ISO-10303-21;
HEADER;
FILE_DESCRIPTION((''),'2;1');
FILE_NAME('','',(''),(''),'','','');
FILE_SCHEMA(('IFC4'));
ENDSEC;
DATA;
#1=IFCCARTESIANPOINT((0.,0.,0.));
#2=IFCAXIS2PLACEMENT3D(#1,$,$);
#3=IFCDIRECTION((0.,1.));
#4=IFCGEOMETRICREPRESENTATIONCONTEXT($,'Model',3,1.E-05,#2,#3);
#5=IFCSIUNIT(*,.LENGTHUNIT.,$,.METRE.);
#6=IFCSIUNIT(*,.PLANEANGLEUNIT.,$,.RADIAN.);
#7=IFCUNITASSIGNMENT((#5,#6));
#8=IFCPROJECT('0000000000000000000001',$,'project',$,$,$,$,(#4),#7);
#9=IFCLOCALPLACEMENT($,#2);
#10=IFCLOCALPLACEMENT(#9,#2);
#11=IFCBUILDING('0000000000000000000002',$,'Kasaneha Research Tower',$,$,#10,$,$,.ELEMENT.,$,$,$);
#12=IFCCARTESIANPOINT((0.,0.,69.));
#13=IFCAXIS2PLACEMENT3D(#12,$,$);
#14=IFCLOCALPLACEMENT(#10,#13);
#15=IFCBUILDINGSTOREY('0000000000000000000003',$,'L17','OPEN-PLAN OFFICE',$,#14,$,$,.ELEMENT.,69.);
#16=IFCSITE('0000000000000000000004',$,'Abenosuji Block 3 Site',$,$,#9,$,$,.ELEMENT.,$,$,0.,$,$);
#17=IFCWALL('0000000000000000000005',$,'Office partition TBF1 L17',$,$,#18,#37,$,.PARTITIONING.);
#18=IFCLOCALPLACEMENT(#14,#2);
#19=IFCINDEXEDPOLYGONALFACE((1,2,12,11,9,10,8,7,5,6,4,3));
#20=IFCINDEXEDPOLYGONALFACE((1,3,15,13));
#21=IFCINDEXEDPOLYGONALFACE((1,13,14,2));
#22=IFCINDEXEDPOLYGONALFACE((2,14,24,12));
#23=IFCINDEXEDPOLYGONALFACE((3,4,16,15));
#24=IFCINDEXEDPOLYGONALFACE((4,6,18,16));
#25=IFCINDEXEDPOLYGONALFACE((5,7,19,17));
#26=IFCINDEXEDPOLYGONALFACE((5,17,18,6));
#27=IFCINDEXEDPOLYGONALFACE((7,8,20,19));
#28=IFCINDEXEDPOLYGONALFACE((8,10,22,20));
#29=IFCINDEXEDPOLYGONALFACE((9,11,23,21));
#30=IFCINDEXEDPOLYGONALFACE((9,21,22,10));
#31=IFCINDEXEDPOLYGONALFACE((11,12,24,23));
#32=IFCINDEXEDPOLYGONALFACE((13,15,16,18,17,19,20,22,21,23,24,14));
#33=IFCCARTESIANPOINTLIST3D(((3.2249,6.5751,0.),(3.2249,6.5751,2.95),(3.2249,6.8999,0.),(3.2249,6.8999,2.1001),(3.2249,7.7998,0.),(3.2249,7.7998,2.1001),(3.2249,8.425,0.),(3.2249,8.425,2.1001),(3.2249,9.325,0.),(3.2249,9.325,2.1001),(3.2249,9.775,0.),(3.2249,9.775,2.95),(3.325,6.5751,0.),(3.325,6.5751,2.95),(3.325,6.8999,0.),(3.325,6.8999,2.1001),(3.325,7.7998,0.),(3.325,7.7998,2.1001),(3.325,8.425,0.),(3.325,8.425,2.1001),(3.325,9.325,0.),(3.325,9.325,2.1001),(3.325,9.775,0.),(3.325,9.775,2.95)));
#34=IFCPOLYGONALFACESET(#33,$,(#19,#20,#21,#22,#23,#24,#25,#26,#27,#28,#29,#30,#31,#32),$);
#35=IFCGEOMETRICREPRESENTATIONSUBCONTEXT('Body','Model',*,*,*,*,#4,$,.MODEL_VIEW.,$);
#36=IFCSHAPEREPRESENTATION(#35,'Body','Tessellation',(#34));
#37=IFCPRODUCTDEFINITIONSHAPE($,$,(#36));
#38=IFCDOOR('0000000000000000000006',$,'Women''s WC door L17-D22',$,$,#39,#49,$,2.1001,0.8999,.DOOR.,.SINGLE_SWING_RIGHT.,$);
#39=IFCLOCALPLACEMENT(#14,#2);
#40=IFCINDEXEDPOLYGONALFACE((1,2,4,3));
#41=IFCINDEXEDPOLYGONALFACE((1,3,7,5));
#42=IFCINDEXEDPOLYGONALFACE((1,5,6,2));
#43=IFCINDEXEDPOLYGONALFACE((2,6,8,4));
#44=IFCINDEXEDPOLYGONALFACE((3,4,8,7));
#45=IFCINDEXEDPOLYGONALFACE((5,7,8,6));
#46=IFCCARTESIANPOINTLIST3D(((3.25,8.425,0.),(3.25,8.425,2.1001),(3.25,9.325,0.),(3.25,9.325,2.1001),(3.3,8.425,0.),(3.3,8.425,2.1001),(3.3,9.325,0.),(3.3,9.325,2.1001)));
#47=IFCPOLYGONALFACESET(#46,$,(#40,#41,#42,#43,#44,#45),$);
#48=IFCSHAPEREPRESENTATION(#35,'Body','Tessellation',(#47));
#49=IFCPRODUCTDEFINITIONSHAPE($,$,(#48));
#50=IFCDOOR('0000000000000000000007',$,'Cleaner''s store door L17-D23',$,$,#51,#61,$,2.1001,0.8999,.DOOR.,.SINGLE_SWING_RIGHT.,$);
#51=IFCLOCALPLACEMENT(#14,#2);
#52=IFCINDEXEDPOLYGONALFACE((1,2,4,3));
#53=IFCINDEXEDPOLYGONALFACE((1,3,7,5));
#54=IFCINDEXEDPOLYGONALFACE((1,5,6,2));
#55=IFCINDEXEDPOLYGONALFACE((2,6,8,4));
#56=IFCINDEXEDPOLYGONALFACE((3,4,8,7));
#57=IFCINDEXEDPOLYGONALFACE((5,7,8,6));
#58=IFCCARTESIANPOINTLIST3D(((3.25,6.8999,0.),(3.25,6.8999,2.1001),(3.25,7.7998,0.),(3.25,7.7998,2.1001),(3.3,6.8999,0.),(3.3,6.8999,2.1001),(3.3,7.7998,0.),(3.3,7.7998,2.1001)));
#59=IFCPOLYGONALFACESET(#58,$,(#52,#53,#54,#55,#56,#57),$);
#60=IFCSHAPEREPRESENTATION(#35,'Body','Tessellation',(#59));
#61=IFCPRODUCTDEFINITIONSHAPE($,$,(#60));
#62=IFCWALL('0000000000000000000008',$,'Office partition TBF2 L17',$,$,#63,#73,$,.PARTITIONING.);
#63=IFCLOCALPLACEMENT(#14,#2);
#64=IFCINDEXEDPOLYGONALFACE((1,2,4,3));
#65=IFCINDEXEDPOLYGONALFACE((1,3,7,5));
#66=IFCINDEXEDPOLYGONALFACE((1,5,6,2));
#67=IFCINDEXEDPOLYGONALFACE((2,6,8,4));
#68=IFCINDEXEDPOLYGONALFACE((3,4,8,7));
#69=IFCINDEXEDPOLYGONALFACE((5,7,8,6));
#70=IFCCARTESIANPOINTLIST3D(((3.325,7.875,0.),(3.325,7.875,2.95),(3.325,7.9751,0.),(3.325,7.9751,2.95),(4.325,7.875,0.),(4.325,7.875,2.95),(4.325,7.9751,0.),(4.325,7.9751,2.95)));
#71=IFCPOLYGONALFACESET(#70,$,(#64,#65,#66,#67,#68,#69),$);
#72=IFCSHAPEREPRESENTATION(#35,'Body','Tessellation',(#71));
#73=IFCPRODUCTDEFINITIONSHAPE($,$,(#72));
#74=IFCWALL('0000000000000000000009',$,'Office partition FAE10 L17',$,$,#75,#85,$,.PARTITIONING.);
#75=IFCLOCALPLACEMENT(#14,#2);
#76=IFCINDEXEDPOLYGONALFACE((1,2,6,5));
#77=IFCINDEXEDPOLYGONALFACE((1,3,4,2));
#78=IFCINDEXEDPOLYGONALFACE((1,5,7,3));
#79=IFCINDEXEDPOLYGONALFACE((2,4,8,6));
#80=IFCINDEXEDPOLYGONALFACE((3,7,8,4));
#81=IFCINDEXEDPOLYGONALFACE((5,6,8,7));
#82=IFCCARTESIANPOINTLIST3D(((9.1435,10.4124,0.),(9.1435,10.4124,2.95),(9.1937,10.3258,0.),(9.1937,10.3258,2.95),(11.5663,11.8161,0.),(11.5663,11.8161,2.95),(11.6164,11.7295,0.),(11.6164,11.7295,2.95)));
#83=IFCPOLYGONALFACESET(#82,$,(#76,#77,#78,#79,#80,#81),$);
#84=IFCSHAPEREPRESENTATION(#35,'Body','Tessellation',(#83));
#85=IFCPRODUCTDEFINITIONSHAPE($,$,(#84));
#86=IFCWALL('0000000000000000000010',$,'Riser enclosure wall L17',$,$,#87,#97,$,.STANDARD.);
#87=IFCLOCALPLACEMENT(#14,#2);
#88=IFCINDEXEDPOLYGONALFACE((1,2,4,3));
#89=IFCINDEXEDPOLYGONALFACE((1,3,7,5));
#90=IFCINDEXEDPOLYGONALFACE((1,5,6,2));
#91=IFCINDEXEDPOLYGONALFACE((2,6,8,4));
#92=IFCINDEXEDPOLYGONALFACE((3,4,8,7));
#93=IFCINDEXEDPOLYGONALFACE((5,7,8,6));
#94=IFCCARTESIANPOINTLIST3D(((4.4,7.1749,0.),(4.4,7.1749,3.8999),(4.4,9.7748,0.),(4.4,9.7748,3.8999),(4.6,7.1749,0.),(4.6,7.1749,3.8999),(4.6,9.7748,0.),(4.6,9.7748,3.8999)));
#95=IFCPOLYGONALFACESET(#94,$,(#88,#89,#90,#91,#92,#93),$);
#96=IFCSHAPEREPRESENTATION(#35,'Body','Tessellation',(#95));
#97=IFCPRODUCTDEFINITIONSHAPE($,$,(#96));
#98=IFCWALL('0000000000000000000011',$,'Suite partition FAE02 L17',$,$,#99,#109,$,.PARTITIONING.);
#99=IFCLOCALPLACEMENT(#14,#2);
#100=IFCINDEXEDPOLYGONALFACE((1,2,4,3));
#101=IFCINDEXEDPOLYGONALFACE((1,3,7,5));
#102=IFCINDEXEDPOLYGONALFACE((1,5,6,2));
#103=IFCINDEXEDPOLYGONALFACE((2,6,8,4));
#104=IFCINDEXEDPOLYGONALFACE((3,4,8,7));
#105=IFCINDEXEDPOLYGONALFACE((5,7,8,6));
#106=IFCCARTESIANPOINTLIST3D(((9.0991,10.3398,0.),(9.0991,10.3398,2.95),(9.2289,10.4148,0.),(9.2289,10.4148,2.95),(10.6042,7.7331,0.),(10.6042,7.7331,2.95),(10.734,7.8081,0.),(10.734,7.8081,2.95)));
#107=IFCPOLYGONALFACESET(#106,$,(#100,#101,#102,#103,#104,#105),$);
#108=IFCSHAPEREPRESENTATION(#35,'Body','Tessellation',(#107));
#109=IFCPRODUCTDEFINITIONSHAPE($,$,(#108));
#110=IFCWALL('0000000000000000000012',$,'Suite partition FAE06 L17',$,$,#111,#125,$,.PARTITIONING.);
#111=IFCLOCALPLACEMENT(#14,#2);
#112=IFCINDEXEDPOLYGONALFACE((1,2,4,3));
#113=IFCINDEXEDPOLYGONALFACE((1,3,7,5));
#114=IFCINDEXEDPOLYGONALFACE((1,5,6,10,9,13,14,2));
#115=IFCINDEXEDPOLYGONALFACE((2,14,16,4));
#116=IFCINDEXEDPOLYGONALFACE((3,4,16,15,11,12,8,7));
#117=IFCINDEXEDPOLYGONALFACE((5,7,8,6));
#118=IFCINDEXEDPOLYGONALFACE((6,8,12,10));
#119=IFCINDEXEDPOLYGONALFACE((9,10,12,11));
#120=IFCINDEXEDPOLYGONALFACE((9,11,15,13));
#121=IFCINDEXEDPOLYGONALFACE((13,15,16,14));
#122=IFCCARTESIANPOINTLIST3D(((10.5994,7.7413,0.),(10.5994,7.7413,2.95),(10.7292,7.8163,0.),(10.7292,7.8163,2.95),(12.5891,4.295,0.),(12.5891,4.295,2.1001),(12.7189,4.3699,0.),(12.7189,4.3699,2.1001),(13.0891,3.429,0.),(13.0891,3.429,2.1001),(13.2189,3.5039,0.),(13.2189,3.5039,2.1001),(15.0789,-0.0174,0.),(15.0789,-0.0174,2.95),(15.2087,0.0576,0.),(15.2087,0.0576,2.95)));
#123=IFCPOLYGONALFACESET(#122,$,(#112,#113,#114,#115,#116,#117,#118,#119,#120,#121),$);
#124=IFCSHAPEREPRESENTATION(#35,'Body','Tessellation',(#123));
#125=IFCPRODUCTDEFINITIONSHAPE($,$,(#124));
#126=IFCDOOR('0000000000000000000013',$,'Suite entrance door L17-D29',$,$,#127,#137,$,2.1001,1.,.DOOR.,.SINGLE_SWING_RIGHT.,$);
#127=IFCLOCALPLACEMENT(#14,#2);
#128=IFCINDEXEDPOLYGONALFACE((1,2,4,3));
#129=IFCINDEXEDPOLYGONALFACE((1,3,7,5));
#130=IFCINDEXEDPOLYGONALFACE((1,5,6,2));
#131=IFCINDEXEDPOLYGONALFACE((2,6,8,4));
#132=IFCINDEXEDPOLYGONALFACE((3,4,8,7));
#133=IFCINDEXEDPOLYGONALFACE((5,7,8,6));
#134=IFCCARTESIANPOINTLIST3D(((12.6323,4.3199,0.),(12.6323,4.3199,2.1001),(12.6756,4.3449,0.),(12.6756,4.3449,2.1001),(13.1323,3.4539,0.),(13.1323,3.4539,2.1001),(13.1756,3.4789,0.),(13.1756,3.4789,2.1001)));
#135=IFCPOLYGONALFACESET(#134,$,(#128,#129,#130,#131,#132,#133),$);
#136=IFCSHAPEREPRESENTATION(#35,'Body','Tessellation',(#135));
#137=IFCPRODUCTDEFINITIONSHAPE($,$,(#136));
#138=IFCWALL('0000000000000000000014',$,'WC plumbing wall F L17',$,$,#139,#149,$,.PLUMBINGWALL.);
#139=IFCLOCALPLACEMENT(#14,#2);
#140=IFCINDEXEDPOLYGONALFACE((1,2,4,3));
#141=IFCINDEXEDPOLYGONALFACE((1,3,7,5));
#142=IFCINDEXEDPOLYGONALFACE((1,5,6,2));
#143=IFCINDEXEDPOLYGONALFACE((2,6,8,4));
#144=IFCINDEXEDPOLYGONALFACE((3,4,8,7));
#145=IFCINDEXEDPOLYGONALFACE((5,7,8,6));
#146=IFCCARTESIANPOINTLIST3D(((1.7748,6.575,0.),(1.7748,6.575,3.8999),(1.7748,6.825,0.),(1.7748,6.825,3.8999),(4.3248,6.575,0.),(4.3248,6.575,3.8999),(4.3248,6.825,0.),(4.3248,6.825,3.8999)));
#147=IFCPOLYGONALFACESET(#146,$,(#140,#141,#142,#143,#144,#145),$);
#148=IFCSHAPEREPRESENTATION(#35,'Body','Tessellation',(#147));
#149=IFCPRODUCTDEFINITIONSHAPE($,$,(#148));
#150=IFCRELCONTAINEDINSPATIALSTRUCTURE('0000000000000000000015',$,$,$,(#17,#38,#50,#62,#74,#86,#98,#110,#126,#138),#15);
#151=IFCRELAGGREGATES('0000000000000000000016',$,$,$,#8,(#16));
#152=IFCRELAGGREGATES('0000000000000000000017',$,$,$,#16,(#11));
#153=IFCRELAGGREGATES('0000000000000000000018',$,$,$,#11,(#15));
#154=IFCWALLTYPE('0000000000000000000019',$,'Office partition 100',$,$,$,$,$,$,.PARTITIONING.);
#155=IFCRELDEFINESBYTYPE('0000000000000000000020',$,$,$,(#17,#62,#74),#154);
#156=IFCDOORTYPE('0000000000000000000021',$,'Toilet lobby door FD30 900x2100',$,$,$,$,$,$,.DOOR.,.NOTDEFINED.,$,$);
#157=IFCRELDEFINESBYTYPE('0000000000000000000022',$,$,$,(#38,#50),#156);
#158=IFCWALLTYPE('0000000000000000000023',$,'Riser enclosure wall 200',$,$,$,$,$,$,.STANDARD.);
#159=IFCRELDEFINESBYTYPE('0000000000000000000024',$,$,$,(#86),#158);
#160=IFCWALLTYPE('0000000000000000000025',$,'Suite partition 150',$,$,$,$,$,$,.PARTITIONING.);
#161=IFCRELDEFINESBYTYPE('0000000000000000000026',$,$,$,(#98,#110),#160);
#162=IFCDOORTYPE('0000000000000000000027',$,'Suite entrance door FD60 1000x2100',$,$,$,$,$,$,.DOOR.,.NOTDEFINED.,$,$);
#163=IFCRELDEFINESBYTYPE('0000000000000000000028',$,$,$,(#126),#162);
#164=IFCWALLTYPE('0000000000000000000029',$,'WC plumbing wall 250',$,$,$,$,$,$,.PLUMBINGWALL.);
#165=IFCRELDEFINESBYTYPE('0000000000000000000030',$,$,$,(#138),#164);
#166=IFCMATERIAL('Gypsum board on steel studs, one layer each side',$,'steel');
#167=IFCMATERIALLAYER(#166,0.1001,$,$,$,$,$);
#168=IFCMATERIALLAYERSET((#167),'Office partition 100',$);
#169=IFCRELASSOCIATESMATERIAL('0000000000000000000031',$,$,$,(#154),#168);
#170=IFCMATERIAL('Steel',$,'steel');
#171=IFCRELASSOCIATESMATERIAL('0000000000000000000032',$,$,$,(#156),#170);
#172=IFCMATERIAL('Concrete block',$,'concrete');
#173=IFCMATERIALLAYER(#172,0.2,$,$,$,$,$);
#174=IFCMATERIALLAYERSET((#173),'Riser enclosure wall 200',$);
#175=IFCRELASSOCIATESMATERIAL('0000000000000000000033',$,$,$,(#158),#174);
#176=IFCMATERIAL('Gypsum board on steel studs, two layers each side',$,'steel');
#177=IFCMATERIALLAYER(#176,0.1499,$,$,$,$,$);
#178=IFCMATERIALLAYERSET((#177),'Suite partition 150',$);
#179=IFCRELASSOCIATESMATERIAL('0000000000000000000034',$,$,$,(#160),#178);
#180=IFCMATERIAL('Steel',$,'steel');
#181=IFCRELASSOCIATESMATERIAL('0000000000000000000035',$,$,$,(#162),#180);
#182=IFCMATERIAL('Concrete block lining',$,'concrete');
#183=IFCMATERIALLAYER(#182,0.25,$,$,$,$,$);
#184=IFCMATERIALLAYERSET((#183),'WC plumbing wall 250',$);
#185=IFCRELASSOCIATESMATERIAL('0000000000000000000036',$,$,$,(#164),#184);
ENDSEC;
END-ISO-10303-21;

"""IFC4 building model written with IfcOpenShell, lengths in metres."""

from ifc_helpers import new_model, si_unit, direction, frame, frame_2d, origin, place, context, subcontext, project, spatial, rectangle, extrude, material, layer, layer_set, type_object, element, fill, save


model = new_model("IFC4")

# Units and contexts
model_context = context("Model", 3, precision=1e-05, world=origin(), true_north=direction((0.0, 1.0)))
body_context = subcontext(model_context, "Body", "Model", "MODEL_VIEW")
ifc_project = project(units=[si_unit("LENGTHUNIT", "METRE"), si_unit("PLANEANGLEUNIT", "RADIAN")], contexts=[model_context])

# Site, building, storey
site_placement = place(None, origin())
site = spatial("IfcSite", under=ifc_project, at=site_placement, Name="Abenosuji Block 3 Site", CompositionType="ELEMENT", RefElevation=0.0)
building_placement = place(site_placement, origin())
building = spatial("IfcBuilding", under=site, at=building_placement, Name="Kasaneha Research Tower", CompositionType="ELEMENT")
storey_placement = place(building_placement, frame((0.0, 0.0, 69.0)))
storey = spatial("IfcBuildingStorey", under=building, at=storey_placement, Name="L17", Description="OPEN-PLAN OFFICE", CompositionType="ELEMENT", Elevation=69.0)

# Wall, openings, doors
ifc_material_1 = material(Name="Gypsum board on steel studs, one layer each side", Category="steel")
ifc_layer_1 = layer(ifc_material_1, 0.1001)
ifc_layer_set_1 = layer_set([ifc_layer_1], Name="Office partition 100")
wall_type_1 = type_object("IfcWallType", Name="Office partition 100", PredefinedType="PARTITIONING", material=ifc_layer_set_1)
wall_1_placement = place(storey_placement, frame((3.2749, 6.575, 0.0), z_axis=(0.0, 0.0, 1.0), x_axis=(0.0, 1.0, 0.0)))
wall_1 = element("IfcWall", 1, at=wall_1_placement, inside=storey, type_object=wall_type_1, Name="Office partition TBF1 L17", PredefinedType="PARTITIONING", context=body_context, shape_type="SweptSolid", body=[
    extrude(rectangle(XDim=3.2, YDim=0.1001, at=frame_2d((1.6001, 0.0))), origin(), (0.0, 0.0, 1.0), 2.95),
])
opening_1_placement = place(wall_1_placement, frame((1.8501, 0.0, 0.0)))
opening_1 = element("IfcOpeningElement", 2, at=opening_1_placement, cuts=wall_1, PredefinedType="OPENING", context=body_context, shape_type="SweptSolid", body=[
    extrude(rectangle(XDim=0.8999, YDim=2.1001, at=frame_2d((0.45, 1.05))), frame((0.0, 0.0601, 0.0), z_axis=(0.0, -1.0, 0.0), x_axis=(1.0, 0.0, 0.0)), (0.0, 0.0, 1.0), 0.1201),
])
opening_2_placement = place(wall_1_placement, frame((0.325, 0.0, 0.0)))
opening_2 = element("IfcOpeningElement", 3, at=opening_2_placement, cuts=wall_1, PredefinedType="OPENING", context=body_context, shape_type="SweptSolid", body=[
    extrude(rectangle(XDim=0.8999, YDim=2.1001, at=frame_2d((0.45, 1.05))), frame((0.0, 0.0601, 0.0), z_axis=(0.0, -1.0, 0.0), x_axis=(1.0, 0.0, 0.0)), (0.0, 0.0, 1.0), 0.1201),
])
ifc_material_2 = material(Name="Steel", Category="steel")
door_type_1 = type_object("IfcDoorType", Name="Toilet lobby door FD30 900x2100", OperationType="NOTDEFINED", PredefinedType="DOOR", material=ifc_material_2)
door_1_placement = place(opening_1_placement, origin())
door_1 = element("IfcDoor", 4, at=door_1_placement, inside=storey, type_object=door_type_1, Name="Women's WC door L17-D22", OperationType="SINGLE_SWING_RIGHT", OverallHeight=2.1001, OverallWidth=0.8999, PredefinedType="DOOR", context=body_context, shape_type="SweptSolid", body=[
    extrude(rectangle(XDim=0.8999, YDim=2.1001, at=frame_2d((0.45, 1.05))), frame((0.0, 0.0249, 0.0), z_axis=(0.0, -1.0, 0.0), x_axis=(1.0, 0.0, 0.0)), (0.0, 0.0, 1.0), 0.05),
])
fill(opening_1, door_1)
door_2_placement = place(opening_2_placement, origin())
door_2 = element("IfcDoor", 5, at=door_2_placement, inside=storey, type_object=door_type_1, Name="Cleaner's store door L17-D23", OperationType="SINGLE_SWING_RIGHT", OverallHeight=2.1001, OverallWidth=0.8999, PredefinedType="DOOR", context=body_context, shape_type="SweptSolid", body=[
    extrude(rectangle(XDim=0.8999, YDim=2.1001, at=frame_2d((0.45, 1.05))), frame((0.0, 0.0249, 0.0), z_axis=(0.0, -1.0, 0.0), x_axis=(1.0, 0.0, 0.0)), (0.0, 0.0, 1.0), 0.05),
])
fill(opening_2, door_2)

# Walls
wall_2_placement = place(storey_placement, frame((3.325, 7.925, 0.0), z_axis=(0.0, 0.0, 1.0), x_axis=(1.0, 0.0, 0.0)))
element("IfcWall", 6, at=wall_2_placement, inside=storey, type_object=wall_type_1, Name="Office partition TBF2 L17", PredefinedType="PARTITIONING", context=body_context, shape_type="SweptSolid", body=[
    extrude(rectangle(XDim=1.0, YDim=0.1001, at=frame_2d((0.5, 0.0))), origin(), (0.0, 0.0, 1.0), 2.95),
])
wall_3_placement = place(storey_placement, frame((9.1687, 10.3691, 0.0), z_axis=(0.0, 0.0, 1.0), x_axis=(0.865255, 0.501332, 0.0)))
element("IfcWall", 7, at=wall_3_placement, inside=storey, type_object=wall_type_1, Name="Office partition FAE10 L17", PredefinedType="PARTITIONING", context=body_context, shape_type="SweptSolid", body=[
    extrude(rectangle(XDim=2.8, YDim=0.1001, at=frame_2d((1.3999, 0.0))), origin(), (0.0, 0.0, 1.0), 2.95),
])
ifc_material_3 = material(Name="Concrete block", Category="concrete")
ifc_layer_2 = layer(ifc_material_3, 0.2)
ifc_layer_set_2 = layer_set([ifc_layer_2], Name="Riser enclosure wall 200")
wall_type_2 = type_object("IfcWallType", Name="Riser enclosure wall 200", PredefinedType="STANDARD", material=ifc_layer_set_2)
wall_4_placement = place(storey_placement, frame((4.5, 7.175, 0.0), z_axis=(0.0, 0.0, 1.0), x_axis=(0.0, 1.0, 0.0)))
element("IfcWall", 8, at=wall_4_placement, inside=storey, type_object=wall_type_2, Name="Riser enclosure wall L17", PredefinedType="STANDARD", context=body_context, shape_type="SweptSolid", body=[
    extrude(rectangle(XDim=2.5999, YDim=0.2, at=frame_2d((1.2998, 0.0))), origin(), (0.0, 0.0, 1.0), 3.8999),
])
ifc_material_4 = material(Name="Gypsum board on steel studs, two layers each side", Category="steel")
ifc_layer_3 = layer(ifc_material_4, 0.1499)
ifc_layer_set_3 = layer_set([ifc_layer_3], Name="Suite partition 150")
wall_type_3 = type_object("IfcWallType", Name="Suite partition 150", PredefinedType="PARTITIONING", material=ifc_layer_set_3)
wall_5_placement = place(storey_placement, frame((9.1641, 10.3772, 0.0), z_axis=(0.0, 0.0, 1.0), x_axis=(0.500038, -0.866003, 0.0)))
element("IfcWall", 9, at=wall_5_placement, inside=storey, type_object=wall_type_3, Name="Suite partition FAE02 L17", PredefinedType="PARTITIONING", context=body_context, shape_type="SweptSolid", body=[
    extrude(rectangle(XDim=3.01, YDim=0.1499, at=frame_2d((1.5049, 0.0))), origin(), (0.0, 0.0, 1.0), 2.95),
])

# Wall, opening, door
wall_6_placement = place(storey_placement, frame((10.6643, 7.7788, 0.0), z_axis=(0.0, 0.0, 1.0), x_axis=(0.499996, -0.866028, 0.0)))
wall_6 = element("IfcWall", 10, at=wall_6_placement, inside=storey, type_object=wall_type_3, Name="Suite partition FAE06 L17", PredefinedType="PARTITIONING", context=body_context, shape_type="SweptSolid", body=[
    extrude(rectangle(XDim=8.959, YDim=0.1499, at=frame_2d((4.4795, 0.0))), origin(), (0.0, 0.0, 1.0), 2.95),
])
opening_3_placement = place(wall_6_placement, frame((3.9795, 0.0, 0.0)))
opening_3 = element("IfcOpeningElement", 11, at=opening_3_placement, cuts=wall_6, PredefinedType="OPENING", context=body_context, shape_type="SweptSolid", body=[
    extrude(rectangle(XDim=1.0, YDim=2.1001, at=frame_2d((0.5, 1.05))), frame((0.0, 0.085, 0.0), z_axis=(0.0, -1.0, 0.0), x_axis=(1.0, 0.0, 0.0)), (0.0, 0.0, 1.0), 0.1699),
])
ifc_material_5 = material(Name="Steel", Category="steel")
door_type_2 = type_object("IfcDoorType", Name="Suite entrance door FD60 1000x2100", OperationType="NOTDEFINED", PredefinedType="DOOR", material=ifc_material_5)
door_3_placement = place(opening_3_placement, origin())
door_3 = element("IfcDoor", 12, at=door_3_placement, inside=storey, type_object=door_type_2, Name="Suite entrance door L17-D29", OperationType="SINGLE_SWING_RIGHT", OverallHeight=2.1001, OverallWidth=1.0, PredefinedType="DOOR", context=body_context, shape_type="SweptSolid", body=[
    extrude(rectangle(XDim=1.0, YDim=2.1001, at=frame_2d((0.5, 1.05))), frame((0.0, 0.0249, 0.0), z_axis=(0.0, -1.0, 0.0), x_axis=(1.0, 0.0, 0.0)), (0.0, 0.0, 1.0), 0.05),
])
fill(opening_3, door_3)

# Wall
ifc_material_6 = material(Name="Concrete block lining", Category="concrete")
ifc_layer_4 = layer(ifc_material_6, 0.25)
ifc_layer_set_4 = layer_set([ifc_layer_4], Name="WC plumbing wall 250")
wall_type_4 = type_object("IfcWallType", Name="WC plumbing wall 250", PredefinedType="PLUMBINGWALL", material=ifc_layer_set_4)
wall_7_placement = place(storey_placement, frame((1.7749, 6.7, 0.0), z_axis=(0.0, 0.0, 1.0), x_axis=(1.0, 0.0, 0.0)))
element("IfcWall", 13, at=wall_7_placement, inside=storey, type_object=wall_type_4, Name="WC plumbing wall F L17", PredefinedType="PLUMBINGWALL", context=body_context, shape_type="SweptSolid", body=[
    extrude(rectangle(XDim=2.55, YDim=0.25, at=frame_2d((1.2749, 0.0))), origin(), (0.0, 0.0, 1.0), 3.8999),
])

save(model, "model.ifc")
